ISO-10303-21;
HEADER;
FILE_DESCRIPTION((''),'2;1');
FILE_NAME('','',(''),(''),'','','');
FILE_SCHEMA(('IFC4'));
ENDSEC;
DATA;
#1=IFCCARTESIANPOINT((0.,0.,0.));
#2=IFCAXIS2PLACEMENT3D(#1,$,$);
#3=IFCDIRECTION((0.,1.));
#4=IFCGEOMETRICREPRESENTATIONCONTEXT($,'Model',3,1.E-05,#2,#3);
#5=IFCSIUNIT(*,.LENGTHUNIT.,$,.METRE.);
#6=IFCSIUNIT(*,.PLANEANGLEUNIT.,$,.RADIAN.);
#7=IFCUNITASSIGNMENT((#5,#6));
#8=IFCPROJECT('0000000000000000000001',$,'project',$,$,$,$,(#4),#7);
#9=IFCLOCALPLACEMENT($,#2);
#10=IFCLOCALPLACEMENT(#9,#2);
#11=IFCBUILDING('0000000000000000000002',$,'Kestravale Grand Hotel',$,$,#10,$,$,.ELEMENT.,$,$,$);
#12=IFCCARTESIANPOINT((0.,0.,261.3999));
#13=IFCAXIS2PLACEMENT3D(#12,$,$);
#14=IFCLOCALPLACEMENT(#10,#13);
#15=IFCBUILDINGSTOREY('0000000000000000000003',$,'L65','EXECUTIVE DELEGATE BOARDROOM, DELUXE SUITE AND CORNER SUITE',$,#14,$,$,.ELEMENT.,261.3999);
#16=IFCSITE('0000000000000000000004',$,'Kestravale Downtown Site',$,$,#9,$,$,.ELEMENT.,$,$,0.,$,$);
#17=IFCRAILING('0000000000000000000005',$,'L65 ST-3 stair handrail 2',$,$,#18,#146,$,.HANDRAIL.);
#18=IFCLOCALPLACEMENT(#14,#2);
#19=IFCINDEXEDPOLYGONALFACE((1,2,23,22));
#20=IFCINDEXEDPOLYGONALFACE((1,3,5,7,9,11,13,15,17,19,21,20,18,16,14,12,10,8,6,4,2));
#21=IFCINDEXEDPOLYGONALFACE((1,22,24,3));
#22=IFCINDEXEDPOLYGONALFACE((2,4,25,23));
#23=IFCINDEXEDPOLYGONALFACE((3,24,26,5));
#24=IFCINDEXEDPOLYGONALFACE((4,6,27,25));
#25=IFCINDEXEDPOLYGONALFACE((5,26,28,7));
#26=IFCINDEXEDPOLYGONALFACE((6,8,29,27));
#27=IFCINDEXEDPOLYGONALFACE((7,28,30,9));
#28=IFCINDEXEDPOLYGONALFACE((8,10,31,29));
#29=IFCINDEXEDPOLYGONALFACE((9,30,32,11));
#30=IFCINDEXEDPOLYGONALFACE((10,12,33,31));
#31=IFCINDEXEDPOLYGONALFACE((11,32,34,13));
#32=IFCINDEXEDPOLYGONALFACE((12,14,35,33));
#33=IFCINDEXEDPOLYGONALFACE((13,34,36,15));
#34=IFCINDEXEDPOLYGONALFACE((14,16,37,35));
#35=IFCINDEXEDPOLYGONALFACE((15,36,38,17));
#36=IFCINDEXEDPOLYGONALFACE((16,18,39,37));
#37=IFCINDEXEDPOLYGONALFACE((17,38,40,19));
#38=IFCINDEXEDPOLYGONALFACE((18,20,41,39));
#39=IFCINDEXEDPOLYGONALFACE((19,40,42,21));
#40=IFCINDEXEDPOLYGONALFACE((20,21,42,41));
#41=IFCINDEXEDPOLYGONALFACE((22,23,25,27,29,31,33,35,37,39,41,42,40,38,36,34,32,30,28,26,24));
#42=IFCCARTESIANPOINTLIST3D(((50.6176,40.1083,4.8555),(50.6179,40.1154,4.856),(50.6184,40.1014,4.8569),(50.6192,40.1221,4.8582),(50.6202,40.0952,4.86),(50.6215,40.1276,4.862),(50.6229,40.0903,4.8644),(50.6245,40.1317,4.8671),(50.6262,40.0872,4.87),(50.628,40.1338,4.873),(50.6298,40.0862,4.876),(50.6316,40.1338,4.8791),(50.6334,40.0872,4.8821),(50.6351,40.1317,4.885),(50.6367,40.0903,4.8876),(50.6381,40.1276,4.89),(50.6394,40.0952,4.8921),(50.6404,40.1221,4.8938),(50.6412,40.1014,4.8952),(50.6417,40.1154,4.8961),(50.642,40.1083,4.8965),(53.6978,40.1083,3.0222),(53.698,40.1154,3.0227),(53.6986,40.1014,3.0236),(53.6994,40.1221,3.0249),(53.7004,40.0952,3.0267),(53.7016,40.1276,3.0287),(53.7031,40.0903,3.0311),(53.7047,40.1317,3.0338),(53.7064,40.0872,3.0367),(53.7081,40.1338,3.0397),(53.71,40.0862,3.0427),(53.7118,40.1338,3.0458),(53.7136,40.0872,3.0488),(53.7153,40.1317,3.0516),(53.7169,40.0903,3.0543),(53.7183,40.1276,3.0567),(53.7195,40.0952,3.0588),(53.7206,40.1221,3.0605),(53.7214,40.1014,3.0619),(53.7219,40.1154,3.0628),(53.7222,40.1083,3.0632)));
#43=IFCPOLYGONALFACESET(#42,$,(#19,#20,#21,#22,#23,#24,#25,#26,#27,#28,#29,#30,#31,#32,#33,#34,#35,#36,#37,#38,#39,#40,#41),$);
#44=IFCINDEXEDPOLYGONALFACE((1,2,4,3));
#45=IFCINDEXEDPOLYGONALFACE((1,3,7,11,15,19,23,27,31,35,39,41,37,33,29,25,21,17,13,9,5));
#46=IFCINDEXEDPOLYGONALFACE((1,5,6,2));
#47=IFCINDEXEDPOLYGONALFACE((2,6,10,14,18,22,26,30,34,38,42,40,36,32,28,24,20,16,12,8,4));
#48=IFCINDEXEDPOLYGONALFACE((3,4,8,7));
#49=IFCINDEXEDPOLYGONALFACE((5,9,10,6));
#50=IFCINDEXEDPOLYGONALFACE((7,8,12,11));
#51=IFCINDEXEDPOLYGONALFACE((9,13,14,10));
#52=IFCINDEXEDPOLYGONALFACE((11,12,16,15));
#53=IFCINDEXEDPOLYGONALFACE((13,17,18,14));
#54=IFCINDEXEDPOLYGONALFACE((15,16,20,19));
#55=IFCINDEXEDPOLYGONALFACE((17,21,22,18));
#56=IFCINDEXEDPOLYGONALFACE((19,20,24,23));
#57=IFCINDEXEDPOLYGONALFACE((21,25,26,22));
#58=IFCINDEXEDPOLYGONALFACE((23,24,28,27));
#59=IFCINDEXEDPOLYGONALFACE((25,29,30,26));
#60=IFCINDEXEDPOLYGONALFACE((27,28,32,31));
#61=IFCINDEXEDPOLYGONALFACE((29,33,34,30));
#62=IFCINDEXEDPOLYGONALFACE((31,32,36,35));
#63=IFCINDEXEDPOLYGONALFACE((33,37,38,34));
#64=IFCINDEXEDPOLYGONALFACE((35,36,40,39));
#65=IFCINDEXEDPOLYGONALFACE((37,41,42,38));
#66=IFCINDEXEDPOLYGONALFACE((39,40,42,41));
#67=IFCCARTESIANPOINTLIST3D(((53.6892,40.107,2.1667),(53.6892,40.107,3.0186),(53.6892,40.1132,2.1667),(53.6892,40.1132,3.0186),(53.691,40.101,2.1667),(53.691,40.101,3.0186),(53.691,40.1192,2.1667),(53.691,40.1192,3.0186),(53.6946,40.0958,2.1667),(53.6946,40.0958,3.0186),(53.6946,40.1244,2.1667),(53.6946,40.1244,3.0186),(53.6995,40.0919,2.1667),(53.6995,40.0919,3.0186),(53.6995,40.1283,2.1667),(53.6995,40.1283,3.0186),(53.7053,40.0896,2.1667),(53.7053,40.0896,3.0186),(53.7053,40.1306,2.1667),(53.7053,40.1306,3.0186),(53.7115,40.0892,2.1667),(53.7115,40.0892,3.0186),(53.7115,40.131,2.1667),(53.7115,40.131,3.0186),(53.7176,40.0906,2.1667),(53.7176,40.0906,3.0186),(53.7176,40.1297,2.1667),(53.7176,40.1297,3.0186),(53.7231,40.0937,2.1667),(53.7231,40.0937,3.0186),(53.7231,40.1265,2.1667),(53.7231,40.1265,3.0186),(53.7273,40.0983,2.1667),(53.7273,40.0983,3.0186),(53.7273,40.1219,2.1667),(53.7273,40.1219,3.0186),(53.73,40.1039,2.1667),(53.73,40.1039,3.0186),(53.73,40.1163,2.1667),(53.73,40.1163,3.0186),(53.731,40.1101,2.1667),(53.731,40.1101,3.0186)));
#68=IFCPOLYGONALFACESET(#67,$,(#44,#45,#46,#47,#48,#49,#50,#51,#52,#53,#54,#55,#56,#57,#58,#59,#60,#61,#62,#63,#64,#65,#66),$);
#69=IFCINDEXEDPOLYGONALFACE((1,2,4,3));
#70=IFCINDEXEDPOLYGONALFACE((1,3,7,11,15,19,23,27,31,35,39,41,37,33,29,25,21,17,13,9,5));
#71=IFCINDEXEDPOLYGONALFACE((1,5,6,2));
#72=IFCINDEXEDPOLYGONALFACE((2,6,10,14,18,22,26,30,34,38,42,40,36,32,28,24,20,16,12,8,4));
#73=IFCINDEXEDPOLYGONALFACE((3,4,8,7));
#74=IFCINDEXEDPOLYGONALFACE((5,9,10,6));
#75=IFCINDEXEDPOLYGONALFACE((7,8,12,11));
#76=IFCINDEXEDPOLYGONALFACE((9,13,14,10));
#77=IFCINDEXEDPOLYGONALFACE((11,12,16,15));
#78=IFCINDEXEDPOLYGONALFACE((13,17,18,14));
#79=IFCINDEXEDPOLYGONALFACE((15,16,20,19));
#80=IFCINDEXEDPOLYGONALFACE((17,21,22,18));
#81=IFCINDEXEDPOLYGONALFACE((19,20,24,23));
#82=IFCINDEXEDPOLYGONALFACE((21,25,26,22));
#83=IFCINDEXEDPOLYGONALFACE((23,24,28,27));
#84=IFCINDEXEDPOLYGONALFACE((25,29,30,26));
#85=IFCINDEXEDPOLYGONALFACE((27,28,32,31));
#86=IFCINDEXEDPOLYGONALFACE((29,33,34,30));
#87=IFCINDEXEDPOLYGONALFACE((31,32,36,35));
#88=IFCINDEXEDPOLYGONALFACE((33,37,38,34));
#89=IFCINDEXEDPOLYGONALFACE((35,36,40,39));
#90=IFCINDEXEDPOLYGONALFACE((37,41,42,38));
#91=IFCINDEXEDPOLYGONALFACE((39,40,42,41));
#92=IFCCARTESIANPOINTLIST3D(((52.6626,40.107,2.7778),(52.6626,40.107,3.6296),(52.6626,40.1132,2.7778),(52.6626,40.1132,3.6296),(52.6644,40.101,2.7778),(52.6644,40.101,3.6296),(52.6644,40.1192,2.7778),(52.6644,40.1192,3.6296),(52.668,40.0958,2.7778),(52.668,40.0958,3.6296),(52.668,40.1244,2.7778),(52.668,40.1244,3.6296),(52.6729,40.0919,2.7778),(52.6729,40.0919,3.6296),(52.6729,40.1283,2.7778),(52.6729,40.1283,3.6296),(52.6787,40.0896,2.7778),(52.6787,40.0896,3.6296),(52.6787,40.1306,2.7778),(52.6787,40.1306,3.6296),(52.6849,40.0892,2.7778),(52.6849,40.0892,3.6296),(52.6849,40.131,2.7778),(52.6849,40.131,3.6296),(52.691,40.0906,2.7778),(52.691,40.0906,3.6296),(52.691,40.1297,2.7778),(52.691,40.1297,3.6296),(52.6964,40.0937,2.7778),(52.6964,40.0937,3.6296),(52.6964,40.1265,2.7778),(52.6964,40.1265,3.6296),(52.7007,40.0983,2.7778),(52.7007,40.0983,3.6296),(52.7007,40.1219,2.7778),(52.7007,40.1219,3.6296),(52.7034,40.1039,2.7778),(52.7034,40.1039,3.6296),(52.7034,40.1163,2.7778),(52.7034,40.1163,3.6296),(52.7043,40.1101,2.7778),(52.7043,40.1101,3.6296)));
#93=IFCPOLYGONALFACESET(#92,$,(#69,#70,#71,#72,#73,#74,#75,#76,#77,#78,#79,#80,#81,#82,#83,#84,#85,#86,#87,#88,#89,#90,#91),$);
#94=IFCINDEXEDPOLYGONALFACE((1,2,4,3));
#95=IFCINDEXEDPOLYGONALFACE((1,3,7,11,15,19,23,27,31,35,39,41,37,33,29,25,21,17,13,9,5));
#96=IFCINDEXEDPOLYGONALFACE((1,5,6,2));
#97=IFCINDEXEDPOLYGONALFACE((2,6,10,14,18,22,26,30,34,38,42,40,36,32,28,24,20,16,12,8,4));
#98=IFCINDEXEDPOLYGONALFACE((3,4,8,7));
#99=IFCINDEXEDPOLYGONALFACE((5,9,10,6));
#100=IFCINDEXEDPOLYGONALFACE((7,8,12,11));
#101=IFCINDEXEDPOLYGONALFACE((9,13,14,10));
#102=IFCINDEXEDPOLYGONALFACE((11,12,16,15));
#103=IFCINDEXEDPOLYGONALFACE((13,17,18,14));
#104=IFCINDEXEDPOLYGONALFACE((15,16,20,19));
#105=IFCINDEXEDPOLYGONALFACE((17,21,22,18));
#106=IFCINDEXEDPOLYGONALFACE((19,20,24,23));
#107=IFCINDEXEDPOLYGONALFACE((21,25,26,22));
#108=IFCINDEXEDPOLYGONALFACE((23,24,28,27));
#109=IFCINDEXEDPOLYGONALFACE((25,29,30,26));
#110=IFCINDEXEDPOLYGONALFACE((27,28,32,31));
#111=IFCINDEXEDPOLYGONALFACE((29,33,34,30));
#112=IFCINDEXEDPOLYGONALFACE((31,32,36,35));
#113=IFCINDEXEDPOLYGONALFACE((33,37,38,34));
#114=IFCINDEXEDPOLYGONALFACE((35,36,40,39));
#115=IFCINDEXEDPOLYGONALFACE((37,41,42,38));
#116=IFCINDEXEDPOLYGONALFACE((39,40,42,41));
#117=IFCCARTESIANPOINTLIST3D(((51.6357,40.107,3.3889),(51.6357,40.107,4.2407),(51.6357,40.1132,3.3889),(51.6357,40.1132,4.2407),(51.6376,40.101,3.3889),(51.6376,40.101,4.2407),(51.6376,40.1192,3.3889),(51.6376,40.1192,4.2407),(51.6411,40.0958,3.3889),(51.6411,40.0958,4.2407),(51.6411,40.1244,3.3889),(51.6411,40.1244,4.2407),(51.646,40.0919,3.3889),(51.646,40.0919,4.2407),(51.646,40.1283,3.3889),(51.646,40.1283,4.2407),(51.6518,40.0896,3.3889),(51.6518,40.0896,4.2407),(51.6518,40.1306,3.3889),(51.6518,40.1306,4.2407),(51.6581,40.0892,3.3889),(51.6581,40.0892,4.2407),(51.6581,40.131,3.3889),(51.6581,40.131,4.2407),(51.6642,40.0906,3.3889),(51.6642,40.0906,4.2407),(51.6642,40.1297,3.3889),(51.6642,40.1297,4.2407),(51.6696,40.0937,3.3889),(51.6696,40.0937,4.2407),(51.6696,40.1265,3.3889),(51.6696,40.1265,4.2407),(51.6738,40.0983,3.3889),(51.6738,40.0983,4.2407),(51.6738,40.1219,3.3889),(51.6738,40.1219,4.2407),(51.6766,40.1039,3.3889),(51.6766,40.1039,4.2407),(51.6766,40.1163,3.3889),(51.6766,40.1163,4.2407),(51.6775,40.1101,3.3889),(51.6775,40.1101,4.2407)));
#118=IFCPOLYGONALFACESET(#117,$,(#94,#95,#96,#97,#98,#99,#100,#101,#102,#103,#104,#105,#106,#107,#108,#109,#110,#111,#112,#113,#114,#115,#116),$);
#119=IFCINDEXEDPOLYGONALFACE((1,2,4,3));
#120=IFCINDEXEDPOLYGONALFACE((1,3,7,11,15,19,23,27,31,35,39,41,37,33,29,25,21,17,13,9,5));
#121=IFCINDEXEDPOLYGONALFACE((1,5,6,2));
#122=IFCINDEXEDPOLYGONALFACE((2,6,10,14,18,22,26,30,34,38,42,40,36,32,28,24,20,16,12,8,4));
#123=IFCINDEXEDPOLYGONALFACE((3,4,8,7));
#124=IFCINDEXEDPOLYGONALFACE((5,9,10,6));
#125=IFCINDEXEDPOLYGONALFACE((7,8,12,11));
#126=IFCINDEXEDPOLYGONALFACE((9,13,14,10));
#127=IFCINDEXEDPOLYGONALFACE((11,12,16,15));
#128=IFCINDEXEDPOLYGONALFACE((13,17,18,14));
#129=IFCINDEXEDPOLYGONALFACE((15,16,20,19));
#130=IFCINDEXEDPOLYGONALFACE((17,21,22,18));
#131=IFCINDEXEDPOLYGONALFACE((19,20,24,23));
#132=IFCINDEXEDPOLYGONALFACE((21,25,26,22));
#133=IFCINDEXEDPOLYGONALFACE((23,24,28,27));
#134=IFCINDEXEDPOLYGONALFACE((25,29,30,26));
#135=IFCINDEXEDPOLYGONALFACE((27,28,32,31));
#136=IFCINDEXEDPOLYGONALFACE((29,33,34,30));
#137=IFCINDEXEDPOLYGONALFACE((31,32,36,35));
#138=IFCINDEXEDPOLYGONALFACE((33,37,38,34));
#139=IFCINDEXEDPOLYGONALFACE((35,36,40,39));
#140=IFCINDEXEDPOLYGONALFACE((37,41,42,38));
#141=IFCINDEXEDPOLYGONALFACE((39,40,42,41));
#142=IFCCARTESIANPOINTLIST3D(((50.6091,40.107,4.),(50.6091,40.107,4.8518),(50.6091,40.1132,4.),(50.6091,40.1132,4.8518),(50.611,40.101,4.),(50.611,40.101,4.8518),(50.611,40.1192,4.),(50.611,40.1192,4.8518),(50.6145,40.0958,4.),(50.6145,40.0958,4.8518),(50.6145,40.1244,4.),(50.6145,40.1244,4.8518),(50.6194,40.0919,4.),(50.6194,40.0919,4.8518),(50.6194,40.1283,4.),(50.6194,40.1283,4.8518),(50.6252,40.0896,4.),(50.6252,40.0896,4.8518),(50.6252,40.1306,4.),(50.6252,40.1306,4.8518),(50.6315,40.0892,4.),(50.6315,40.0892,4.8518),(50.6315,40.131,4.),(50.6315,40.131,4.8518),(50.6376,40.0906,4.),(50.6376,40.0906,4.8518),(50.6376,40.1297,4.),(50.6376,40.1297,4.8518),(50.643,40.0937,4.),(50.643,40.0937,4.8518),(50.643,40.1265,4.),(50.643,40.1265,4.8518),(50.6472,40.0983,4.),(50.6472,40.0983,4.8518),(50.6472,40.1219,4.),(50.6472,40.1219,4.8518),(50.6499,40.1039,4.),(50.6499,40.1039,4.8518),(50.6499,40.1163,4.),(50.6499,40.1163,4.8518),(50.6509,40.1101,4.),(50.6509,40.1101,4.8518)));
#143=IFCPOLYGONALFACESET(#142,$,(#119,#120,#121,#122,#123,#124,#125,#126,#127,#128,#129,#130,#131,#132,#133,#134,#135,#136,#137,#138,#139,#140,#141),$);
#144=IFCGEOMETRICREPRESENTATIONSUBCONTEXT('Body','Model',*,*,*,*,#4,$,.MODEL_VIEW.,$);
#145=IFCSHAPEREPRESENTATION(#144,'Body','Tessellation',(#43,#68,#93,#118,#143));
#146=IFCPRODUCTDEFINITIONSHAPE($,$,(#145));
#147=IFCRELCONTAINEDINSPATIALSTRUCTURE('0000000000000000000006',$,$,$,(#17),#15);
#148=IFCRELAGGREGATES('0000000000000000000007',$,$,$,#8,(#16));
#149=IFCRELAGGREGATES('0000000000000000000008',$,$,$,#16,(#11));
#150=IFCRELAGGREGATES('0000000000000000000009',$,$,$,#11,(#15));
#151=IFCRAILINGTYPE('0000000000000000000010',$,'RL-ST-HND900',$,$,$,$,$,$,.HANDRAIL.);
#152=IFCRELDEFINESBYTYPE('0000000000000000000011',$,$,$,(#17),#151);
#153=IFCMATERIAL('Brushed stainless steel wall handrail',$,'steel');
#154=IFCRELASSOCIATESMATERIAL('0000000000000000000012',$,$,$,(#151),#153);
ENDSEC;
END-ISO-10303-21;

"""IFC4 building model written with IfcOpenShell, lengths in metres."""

from ifc_helpers import new_model, si_unit, direction, frame, origin, origin_2d, place, context, subcontext, project, spatial, circle, extrude, material, type_object, element, save


model = new_model("IFC4")

# Units and contexts
model_context = context("Model", 3, precision=1e-05, world=origin(), true_north=direction((0.0, 1.0)))
body_context = subcontext(model_context, "Body", "Model", "MODEL_VIEW")
ifc_project = project(units=[si_unit("LENGTHUNIT", "METRE"), si_unit("PLANEANGLEUNIT", "RADIAN")], contexts=[model_context])

# Site, building, storey
site_placement = place(None, origin())
site = spatial("IfcSite", under=ifc_project, at=site_placement, Name="Kestravale Downtown Site", CompositionType="ELEMENT", RefElevation=0.0)
building_placement = place(site_placement, origin())
building = spatial("IfcBuilding", under=site, at=building_placement, Name="Kestravale Grand Hotel", CompositionType="ELEMENT")
storey_placement = place(building_placement, frame((0.0, 0.0, 261.3999)))
storey = spatial("IfcBuildingStorey", under=building, at=storey_placement, Name="L65", Description="EXECUTIVE DELEGATE BOARDROOM, DELUXE SUITE AND CORNER SUITE", CompositionType="ELEMENT", Elevation=261.3999)

# Railing
ifc_material_1 = material(Name="Brushed stainless steel wall handrail", Category="steel")
railing_type_1 = type_object("IfcRailingType", Name="RL-ST-HND900", PredefinedType="HANDRAIL", material=ifc_material_1)
railing_1_placement = place(storey_placement, frame((53.71, 40.1101, 2.1667)))
element("IfcRailing", 1, at=railing_1_placement, inside=storey, type_object=railing_type_1, Name="L65 ST-3 stair handrail 2", PredefinedType="HANDRAIL", context=body_context, shape_type="SweptSolid", body=[
    extrude(circle(Radius=0.0239, at=origin_2d()), frame((0.0, 0.0, 0.876), z_axis=(-0.859309, 0.0, 0.511458), x_axis=(0.0, -1.0, 0.0)), (0.0, 0.0, 1.0), 3.5845),
    extrude(circle(Radius=0.021, at=origin_2d()), origin(), (0.0, 0.0, 1.0), 0.8518),
    extrude(circle(Radius=0.021, at=origin_2d()), frame((-1.0266, 0.0, 0.6111)), (0.0, 0.0, 1.0), 0.8518),
    extrude(circle(Radius=0.021, at=origin_2d()), frame((-2.0535, 0.0, 1.2222)), (0.0, 0.0, 1.0), 0.8518),
    extrude(circle(Radius=0.021, at=origin_2d()), frame((-3.0801, 0.0, 1.8333)), (0.0, 0.0, 1.0), 0.8518),
])

save(model, "model.ifc")
